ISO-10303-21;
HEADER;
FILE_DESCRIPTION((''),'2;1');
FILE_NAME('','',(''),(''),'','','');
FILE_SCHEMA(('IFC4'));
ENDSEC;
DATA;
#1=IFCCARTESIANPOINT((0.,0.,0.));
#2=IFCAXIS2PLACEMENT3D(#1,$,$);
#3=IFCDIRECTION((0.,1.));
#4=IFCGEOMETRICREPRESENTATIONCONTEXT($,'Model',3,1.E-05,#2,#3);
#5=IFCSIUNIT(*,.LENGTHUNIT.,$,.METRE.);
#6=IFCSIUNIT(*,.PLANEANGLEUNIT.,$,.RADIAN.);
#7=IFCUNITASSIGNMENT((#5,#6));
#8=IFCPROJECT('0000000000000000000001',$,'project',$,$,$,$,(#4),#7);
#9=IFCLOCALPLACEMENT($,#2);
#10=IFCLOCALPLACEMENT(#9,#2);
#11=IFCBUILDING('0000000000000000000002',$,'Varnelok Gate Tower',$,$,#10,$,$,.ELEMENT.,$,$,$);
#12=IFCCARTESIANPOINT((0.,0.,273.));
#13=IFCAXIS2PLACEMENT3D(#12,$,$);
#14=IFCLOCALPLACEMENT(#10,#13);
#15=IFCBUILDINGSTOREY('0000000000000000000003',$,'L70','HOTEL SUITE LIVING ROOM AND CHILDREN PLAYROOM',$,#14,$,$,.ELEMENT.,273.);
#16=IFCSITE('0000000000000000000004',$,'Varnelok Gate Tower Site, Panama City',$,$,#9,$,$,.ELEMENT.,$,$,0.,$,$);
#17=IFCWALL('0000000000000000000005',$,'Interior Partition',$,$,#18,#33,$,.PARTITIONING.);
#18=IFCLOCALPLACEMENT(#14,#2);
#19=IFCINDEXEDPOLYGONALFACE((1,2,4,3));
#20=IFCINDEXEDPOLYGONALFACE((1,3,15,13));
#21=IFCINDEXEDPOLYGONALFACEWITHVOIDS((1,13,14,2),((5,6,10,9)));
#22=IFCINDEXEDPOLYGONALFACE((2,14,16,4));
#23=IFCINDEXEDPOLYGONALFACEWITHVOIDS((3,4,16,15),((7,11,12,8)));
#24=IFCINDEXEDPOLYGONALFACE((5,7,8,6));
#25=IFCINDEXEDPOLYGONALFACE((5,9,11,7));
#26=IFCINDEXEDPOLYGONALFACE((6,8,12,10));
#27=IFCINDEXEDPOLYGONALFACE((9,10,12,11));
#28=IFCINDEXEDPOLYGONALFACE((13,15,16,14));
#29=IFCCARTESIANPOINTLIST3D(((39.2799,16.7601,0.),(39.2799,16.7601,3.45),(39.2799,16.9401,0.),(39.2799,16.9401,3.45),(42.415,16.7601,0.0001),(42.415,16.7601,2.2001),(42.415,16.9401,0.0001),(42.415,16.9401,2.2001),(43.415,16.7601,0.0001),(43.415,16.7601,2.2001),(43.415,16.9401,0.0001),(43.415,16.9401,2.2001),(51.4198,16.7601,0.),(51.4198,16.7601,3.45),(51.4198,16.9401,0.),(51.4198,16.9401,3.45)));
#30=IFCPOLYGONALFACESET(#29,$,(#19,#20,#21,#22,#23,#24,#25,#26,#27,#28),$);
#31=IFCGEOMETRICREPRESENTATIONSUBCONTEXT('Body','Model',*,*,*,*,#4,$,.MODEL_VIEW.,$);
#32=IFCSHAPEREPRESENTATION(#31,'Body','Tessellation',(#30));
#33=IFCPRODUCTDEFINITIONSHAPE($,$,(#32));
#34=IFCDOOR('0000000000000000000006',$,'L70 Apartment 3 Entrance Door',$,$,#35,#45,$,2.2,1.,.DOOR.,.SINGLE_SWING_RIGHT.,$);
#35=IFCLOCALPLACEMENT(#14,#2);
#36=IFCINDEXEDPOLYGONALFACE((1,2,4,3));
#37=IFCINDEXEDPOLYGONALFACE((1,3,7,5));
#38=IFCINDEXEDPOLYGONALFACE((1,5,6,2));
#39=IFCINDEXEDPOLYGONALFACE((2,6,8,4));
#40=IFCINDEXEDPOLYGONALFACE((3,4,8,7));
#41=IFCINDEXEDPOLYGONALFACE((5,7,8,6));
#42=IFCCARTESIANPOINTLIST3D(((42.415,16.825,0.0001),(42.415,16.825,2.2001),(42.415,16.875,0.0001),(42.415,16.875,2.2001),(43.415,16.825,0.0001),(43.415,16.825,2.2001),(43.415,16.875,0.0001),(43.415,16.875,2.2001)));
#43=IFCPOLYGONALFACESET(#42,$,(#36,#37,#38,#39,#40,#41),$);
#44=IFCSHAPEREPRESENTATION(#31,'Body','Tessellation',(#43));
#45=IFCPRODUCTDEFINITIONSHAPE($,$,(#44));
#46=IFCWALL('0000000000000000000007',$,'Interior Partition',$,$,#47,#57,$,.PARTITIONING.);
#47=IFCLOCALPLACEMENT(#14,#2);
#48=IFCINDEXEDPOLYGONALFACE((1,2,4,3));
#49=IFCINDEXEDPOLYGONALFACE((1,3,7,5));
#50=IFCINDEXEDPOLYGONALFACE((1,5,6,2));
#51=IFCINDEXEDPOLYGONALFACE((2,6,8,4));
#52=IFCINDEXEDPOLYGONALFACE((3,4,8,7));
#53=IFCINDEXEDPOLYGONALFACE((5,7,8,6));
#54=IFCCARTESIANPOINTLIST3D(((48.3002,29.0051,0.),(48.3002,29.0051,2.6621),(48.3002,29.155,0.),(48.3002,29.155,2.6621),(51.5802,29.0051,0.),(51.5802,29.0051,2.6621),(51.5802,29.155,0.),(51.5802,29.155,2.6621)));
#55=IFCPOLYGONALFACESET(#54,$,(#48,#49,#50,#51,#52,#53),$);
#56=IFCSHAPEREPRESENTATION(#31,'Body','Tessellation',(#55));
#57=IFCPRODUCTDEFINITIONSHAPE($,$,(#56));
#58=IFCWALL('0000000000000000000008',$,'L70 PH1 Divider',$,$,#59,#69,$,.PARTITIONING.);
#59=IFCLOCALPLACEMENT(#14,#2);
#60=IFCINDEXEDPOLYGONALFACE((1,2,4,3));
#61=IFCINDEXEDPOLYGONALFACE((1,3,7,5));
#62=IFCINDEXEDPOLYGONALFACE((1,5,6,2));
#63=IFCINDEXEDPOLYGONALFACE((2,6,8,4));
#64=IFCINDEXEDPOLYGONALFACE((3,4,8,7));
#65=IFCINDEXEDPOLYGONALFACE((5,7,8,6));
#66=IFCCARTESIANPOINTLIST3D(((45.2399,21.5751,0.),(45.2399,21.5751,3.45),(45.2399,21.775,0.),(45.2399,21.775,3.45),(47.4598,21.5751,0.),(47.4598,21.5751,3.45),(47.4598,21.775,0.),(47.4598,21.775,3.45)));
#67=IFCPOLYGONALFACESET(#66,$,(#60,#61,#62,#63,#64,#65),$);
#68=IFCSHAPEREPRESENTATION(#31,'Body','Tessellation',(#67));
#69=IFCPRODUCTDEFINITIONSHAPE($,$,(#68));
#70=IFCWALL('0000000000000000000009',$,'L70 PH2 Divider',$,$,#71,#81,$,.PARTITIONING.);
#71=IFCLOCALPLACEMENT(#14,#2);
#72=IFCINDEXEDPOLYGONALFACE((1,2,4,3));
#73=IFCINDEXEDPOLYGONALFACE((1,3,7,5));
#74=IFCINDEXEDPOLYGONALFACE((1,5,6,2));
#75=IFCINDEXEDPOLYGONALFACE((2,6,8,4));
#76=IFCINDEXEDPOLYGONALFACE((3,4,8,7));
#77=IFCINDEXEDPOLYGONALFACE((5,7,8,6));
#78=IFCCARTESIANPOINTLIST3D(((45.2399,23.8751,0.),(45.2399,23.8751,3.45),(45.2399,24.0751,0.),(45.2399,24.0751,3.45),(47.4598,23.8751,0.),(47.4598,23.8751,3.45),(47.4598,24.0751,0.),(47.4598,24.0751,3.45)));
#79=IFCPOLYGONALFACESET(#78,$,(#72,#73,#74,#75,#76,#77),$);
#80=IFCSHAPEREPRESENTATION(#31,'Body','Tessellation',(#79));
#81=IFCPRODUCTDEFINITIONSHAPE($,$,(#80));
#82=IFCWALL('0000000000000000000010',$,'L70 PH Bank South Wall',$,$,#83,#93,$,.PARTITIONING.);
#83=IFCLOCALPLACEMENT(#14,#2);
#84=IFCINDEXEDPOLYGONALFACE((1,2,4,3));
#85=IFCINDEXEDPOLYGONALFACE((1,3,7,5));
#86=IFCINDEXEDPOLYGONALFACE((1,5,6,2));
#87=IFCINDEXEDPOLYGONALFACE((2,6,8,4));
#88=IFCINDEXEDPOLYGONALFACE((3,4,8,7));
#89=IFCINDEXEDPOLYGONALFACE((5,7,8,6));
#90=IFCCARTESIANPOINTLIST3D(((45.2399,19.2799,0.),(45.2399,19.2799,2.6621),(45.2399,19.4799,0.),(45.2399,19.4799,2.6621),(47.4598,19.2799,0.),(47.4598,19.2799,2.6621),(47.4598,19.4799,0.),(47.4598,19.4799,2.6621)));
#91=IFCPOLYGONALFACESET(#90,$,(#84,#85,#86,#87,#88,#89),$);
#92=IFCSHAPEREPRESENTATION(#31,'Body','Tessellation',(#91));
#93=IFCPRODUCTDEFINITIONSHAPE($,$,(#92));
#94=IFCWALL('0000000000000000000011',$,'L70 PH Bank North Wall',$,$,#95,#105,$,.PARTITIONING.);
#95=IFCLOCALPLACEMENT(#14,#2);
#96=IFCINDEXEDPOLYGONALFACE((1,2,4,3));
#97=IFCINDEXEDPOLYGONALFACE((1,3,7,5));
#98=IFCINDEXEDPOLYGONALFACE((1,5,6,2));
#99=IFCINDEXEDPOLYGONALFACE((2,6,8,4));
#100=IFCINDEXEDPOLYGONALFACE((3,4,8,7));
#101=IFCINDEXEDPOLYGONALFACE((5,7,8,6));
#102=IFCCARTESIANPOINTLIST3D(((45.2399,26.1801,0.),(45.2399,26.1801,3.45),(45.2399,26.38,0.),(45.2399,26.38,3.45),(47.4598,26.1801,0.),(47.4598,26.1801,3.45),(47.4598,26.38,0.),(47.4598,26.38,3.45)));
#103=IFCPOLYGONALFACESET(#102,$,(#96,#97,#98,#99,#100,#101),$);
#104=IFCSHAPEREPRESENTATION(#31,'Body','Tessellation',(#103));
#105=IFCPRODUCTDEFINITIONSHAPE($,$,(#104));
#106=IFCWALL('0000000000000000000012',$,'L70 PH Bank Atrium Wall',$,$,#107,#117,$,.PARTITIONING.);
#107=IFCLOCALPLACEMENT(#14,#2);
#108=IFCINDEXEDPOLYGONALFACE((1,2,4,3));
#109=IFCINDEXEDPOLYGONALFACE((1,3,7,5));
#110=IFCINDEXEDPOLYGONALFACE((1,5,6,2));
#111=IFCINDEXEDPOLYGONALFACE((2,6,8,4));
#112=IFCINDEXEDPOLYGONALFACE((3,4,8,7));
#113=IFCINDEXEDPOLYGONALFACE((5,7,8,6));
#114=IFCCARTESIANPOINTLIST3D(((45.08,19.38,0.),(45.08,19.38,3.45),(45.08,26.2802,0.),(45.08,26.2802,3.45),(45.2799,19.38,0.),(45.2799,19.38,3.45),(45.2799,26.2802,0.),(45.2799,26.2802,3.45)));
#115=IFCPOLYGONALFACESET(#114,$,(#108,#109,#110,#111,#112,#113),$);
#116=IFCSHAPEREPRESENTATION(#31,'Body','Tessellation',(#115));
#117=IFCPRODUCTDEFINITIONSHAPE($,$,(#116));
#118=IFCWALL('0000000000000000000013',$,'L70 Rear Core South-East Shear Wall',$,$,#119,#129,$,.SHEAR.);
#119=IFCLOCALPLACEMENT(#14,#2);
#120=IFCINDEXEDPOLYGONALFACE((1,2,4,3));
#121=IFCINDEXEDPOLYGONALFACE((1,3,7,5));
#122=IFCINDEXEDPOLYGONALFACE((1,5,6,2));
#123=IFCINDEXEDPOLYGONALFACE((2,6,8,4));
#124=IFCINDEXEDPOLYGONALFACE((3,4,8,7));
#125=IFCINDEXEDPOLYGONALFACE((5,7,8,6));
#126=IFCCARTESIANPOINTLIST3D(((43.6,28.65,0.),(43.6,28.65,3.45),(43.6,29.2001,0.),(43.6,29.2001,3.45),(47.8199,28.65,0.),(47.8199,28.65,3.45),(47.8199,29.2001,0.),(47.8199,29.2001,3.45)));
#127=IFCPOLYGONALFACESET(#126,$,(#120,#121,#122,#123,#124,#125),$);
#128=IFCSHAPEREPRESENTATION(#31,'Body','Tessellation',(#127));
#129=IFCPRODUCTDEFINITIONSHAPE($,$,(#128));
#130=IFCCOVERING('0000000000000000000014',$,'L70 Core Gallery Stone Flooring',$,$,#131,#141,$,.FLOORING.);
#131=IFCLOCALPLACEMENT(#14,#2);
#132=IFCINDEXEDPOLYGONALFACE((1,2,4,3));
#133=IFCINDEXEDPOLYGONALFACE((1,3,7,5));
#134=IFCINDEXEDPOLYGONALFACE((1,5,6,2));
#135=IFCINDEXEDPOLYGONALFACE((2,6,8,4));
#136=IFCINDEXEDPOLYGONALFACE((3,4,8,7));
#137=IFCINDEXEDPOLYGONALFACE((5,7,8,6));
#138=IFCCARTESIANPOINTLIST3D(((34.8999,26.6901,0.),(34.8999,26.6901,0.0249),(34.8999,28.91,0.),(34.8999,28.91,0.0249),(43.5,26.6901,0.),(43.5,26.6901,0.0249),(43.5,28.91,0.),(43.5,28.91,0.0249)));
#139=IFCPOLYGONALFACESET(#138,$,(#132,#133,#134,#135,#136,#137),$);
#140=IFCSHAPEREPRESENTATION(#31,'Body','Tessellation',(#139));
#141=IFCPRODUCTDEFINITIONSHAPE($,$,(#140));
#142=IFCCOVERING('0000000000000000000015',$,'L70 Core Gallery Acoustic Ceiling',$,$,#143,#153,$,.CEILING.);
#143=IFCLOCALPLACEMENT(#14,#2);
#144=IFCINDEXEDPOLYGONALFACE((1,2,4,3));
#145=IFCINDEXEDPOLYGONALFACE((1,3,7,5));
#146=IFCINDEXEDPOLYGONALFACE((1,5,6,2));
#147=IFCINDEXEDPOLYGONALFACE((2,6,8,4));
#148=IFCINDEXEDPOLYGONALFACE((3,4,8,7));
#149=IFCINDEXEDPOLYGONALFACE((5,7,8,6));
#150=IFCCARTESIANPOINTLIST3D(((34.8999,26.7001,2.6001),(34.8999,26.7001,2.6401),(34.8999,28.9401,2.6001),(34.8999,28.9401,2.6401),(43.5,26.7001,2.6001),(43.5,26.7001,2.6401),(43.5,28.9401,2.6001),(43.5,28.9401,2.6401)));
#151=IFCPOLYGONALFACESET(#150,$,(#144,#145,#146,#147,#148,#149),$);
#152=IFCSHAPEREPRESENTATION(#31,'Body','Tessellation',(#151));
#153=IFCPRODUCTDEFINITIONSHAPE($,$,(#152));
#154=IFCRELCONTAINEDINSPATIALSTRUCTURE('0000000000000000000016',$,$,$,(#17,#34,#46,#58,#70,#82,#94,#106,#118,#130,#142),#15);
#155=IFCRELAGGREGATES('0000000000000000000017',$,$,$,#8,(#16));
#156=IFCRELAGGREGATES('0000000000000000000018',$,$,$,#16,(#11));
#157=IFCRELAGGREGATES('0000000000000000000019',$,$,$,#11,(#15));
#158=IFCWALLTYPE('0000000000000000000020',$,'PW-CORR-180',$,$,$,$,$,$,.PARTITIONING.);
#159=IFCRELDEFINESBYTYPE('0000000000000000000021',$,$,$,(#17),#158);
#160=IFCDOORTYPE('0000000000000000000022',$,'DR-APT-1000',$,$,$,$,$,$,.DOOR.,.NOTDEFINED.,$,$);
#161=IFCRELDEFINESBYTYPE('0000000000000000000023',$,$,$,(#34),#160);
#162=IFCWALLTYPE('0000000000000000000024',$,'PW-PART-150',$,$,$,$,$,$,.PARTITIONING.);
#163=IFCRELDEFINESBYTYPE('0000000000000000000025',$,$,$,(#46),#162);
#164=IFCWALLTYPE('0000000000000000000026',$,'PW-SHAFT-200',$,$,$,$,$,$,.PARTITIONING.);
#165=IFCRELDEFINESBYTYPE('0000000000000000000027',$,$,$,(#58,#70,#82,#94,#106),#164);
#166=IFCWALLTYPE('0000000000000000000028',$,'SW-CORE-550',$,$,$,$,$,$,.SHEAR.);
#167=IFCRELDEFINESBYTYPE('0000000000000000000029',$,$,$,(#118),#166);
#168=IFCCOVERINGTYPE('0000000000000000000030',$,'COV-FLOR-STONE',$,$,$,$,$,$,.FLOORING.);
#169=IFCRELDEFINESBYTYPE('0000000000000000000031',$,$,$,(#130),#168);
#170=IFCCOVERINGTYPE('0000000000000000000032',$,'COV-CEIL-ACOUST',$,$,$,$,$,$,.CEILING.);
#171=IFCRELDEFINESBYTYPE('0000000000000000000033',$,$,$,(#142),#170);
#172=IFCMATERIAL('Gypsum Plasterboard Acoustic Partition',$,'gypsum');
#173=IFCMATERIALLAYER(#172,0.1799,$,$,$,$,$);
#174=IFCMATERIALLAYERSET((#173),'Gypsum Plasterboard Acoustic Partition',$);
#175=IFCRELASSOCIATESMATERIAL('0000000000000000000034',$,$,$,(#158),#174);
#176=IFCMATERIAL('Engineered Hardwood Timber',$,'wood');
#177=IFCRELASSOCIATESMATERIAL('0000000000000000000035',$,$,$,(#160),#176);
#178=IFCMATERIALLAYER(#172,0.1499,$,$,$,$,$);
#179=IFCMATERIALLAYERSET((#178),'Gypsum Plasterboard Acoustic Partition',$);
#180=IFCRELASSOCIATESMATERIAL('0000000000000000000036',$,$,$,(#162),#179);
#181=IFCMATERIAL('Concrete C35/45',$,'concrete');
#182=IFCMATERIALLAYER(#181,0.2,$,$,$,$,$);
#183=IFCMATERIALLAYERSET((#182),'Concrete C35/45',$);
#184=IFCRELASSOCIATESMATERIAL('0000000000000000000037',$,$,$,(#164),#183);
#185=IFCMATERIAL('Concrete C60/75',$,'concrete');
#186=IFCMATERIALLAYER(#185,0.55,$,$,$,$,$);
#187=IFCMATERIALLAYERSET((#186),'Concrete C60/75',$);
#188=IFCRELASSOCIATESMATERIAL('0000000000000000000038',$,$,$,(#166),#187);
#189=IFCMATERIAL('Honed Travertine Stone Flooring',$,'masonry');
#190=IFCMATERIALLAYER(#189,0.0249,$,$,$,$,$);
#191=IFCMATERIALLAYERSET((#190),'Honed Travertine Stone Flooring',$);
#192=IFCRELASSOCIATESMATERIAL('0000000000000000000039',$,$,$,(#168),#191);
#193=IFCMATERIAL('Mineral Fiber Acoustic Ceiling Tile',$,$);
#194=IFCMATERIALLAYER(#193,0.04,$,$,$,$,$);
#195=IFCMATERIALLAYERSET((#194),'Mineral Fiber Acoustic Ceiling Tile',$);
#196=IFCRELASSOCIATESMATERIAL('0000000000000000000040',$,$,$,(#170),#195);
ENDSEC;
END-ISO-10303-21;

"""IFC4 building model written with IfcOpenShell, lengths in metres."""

from ifc_helpers import new_model, si_unit, direction, frame, frame_2d, origin, origin_2d, place, context, subcontext, project, spatial, rectangle, extrude, source, transform, mapped, material, layer, layer_set, type_object, element, fill, save


model = new_model("IFC4")

# Units and contexts
model_context = context("Model", 3, precision=1e-05, world=origin(), true_north=direction((0.0, 1.0)))
body_context = subcontext(model_context, "Body", "Model", "MODEL_VIEW")
ifc_project = project(units=[si_unit("LENGTHUNIT", "METRE"), si_unit("PLANEANGLEUNIT", "RADIAN")], contexts=[model_context])

# Site, building, storey
site_placement = place(None, origin())
site = spatial("IfcSite", under=ifc_project, at=site_placement, Name="Varnelok Gate Tower Site, Panama City", CompositionType="ELEMENT", RefElevation=0.0)
building_placement = place(site_placement, origin())
building = spatial("IfcBuilding", under=site, at=building_placement, Name="Varnelok Gate Tower", CompositionType="ELEMENT")
storey_placement = place(building_placement, frame((0.0, 0.0, 273.0)))
storey = spatial("IfcBuildingStorey", under=building, at=storey_placement, Name="L70", Description="HOTEL SUITE LIVING ROOM AND CHILDREN PLAYROOM", CompositionType="ELEMENT", Elevation=273.0)

# Wall, opening, door
ifc_material_1 = material(Name="Gypsum Plasterboard Acoustic Partition", Category="gypsum")
ifc_layer_1 = layer(ifc_material_1, 0.1799)
ifc_layer_set_1 = layer_set([ifc_layer_1], Name="Gypsum Plasterboard Acoustic Partition")
wall_type_1 = type_object("IfcWallType", Name="PW-CORR-180", PredefinedType="PARTITIONING", material=ifc_layer_set_1)
wall_1_placement = place(storey_placement, frame((39.28, 16.8501, 0.0), z_axis=(0.0, 0.0, 1.0), x_axis=(1.0, 0.0, 0.0)))
wall_1 = element("IfcWall", 1, at=wall_1_placement, inside=storey, type_object=wall_type_1, Name="Interior Partition", PredefinedType="PARTITIONING", context=body_context, shape_type="SweptSolid", body=[
    extrude(rectangle(XDim=12.1399, YDim=0.1799, at=frame_2d((6.0698, 0.0))), origin(), (0.0, 0.0, 1.0), 3.45),
])
opening_1_placement = place(wall_1_placement, frame((3.135, 0.0, 0.0)))
opening_1 = element("IfcOpeningElement", 2, at=opening_1_placement, cuts=wall_1, PredefinedType="OPENING", context=body_context, shape_type="SweptSolid", body=[
    extrude(rectangle(XDim=1.0, YDim=2.2, at=frame_2d((0.5, 1.1001))), frame((0.0, 0.0999, 0.0), z_axis=(0.0, -1.0, 0.0), x_axis=(1.0, 0.0, 0.0)), (0.0, 0.0, 1.0), 0.2),
])
ifc_material_2 = material(Name="Engineered Hardwood Timber", Category="wood")
door_type_1 = type_object("IfcDoorType", Name="DR-APT-1000", OperationType="NOTDEFINED", PredefinedType="DOOR", material=ifc_material_2)
door_1_placement = place(opening_1_placement, origin())
door_1 = element("IfcDoor", 3, at=door_1_placement, inside=storey, type_object=door_type_1, Name="L70 Apartment 3 Entrance Door", OperationType="SINGLE_SWING_RIGHT", OverallHeight=2.2, OverallWidth=1.0, PredefinedType="DOOR", context=body_context, shape_type="SweptSolid", body=[
    extrude(rectangle(XDim=1.0, YDim=2.2, at=frame_2d((0.5, 1.1001))), frame((0.0, 0.0249, 0.0), z_axis=(0.0, -1.0, 0.0), x_axis=(1.0, 0.0, 0.0)), (0.0, 0.0, 1.0), 0.05),
])
fill(opening_1, door_1)

# Walls
ifc_layer_2 = layer(ifc_material_1, 0.1499)
ifc_layer_set_2 = layer_set([ifc_layer_2], Name="Gypsum Plasterboard Acoustic Partition")
wall_type_2 = type_object("IfcWallType", Name="PW-PART-150", PredefinedType="PARTITIONING", material=ifc_layer_set_2)
wall_2_placement = place(storey_placement, frame((48.3, 29.0801, 0.0), z_axis=(0.0, 0.0, 1.0), x_axis=(1.0, 0.0, 0.0)))
element("IfcWall", 4, at=wall_2_placement, inside=storey, type_object=wall_type_2, Name="Interior Partition", PredefinedType="PARTITIONING", context=body_context, shape_type="SweptSolid", body=[
    extrude(rectangle(XDim=3.28, YDim=0.1499, at=frame_2d((1.6401, 0.0))), origin(), (0.0, 0.0, 1.0), 2.6621),
])
ifc_material_3 = material(Name="Concrete C35/45", Category="concrete")
ifc_layer_3 = layer(ifc_material_3, 0.2)
ifc_layer_set_3 = layer_set([ifc_layer_3], Name="Concrete C35/45")
wall_type_3 = type_object("IfcWallType", Name="PW-SHAFT-200", PredefinedType="PARTITIONING", material=ifc_layer_set_3)
for number, where, z_axis, x_axis, name in (
    (5, (45.24, 21.675, 0.0), (0.0, 0.0, 1.0), (1.0, 0.0, 0.0), "L70 PH1 Divider"),
    (6, (45.24, 23.9751, 0.0), (0.0, 0.0, 1.0), (1.0, 0.0, 0.0), "L70 PH2 Divider"),
):
    element("IfcWall", number, at=place(storey_placement, frame(where, z_axis=z_axis, x_axis=x_axis)), inside=storey, type_object=wall_type_3, Name=name, PredefinedType="PARTITIONING", context=body_context, shape_type="SweptSolid", body=[
        extrude(rectangle(XDim=2.22, YDim=0.2, at=frame_2d((1.1099, 0.0))), origin(), (0.0, 0.0, 1.0), 3.45),
    ])
wall_3_placement = place(storey_placement, frame((45.24, 19.3799, 0.0), z_axis=(0.0, 0.0, 1.0), x_axis=(1.0, 0.0, 0.0)))
element("IfcWall", 7, at=wall_3_placement, inside=storey, type_object=wall_type_3, Name="L70 PH Bank South Wall", PredefinedType="PARTITIONING", context=body_context, shape_type="SweptSolid", body=[
    extrude(rectangle(XDim=2.22, YDim=0.2, at=frame_2d((1.1099, 0.0))), origin(), (0.0, 0.0, 1.0), 2.6621),
])
wall_4_placement = place(storey_placement, frame((45.24, 26.28, 0.0), z_axis=(0.0, 0.0, 1.0), x_axis=(1.0, 0.0, 0.0)))
element("IfcWall", 8, at=wall_4_placement, inside=storey, type_object=wall_type_3, Name="L70 PH Bank North Wall", PredefinedType="PARTITIONING", context=body_context, shape_type="SweptSolid", body=[
    extrude(rectangle(XDim=2.22, YDim=0.2, at=frame_2d((1.1099, 0.0))), origin(), (0.0, 0.0, 1.0), 3.45),
])
wall_5_placement = place(storey_placement, frame((45.1799, 19.3799, 0.0), z_axis=(0.0, 0.0, 1.0), x_axis=(0.0, 1.0, 0.0)))
element("IfcWall", 9, at=wall_5_placement, inside=storey, type_object=wall_type_3, Name="L70 PH Bank Atrium Wall", PredefinedType="PARTITIONING", context=body_context, shape_type="SweptSolid", body=[
    extrude(rectangle(XDim=6.9001, YDim=0.2, at=frame_2d((3.4502, 0.0))), origin(), (0.0, 0.0, 1.0), 3.45),
])

# Wall
ifc_material_4 = material(Name="Concrete C60/75", Category="concrete")
ifc_layer_4 = layer(ifc_material_4, 0.55)
ifc_layer_set_4 = layer_set([ifc_layer_4], Name="Concrete C60/75")
wall_type_4 = type_object("IfcWallType", Name="SW-CORE-550", PredefinedType="SHEAR", material=ifc_layer_set_4)
wall_6_placement = place(storey_placement, frame((43.6001, 28.925, 0.0), z_axis=(0.0, 0.0, 1.0), x_axis=(1.0, 0.0, 0.0)))
element("IfcWall", 10, at=wall_6_placement, inside=storey, type_object=wall_type_4, Name="L70 Rear Core South-East Shear Wall", PredefinedType="SHEAR", context=body_context, shape_type="SweptSolid", body=[
    extrude(rectangle(XDim=4.22, YDim=0.55, at=frame_2d((2.1099, 0.0))), origin(), (0.0, 0.0, 1.0), 3.45),
])

# Coverings
ifc_material_5 = material(Name="Honed Travertine Stone Flooring", Category="masonry")
ifc_layer_5 = layer(ifc_material_5, 0.0249)
ifc_layer_set_5 = layer_set([ifc_layer_5], Name="Honed Travertine Stone Flooring")
covering_type_1 = type_object("IfcCoveringType", Name="COV-FLOR-STONE", PredefinedType="FLOORING", material=ifc_layer_set_5)
shared_shape_1 = source(origin(), body_context, "Body", "SweptSolid", [
    extrude(rectangle(XDim=8.6001, YDim=2.22, at=origin_2d()), origin(), (0.0, 0.0, 1.0), 0.0249),
])
covering_1_placement = place(storey_placement, frame((39.2, 27.8, 0.0), z_axis=(0.0, 0.0, 1.0), x_axis=(1.0, 0.0, 0.0)))
element("IfcCovering", 11, at=covering_1_placement, inside=storey, type_object=covering_type_1, Name="L70 Core Gallery Stone Flooring", PredefinedType="FLOORING", context=body_context, shape_type="MappedRepresentation", body=[
    mapped(shared_shape_1, transform((0.0, 0.0, 0.0), scale=1.0)),
])
ifc_material_6 = material(Name="Mineral Fiber Acoustic Ceiling Tile")
ifc_layer_6 = layer(ifc_material_6, 0.04)
ifc_layer_set_6 = layer_set([ifc_layer_6], Name="Mineral Fiber Acoustic Ceiling Tile")
covering_type_2 = type_object("IfcCoveringType", Name="COV-CEIL-ACOUST", PredefinedType="CEILING", material=ifc_layer_set_6)
shared_shape_2 = source(origin(), body_context, "Body", "SweptSolid", [
    extrude(rectangle(XDim=8.6001, YDim=2.24, at=origin_2d()), origin(), (0.0, 0.0, 1.0), 0.04),
])
covering_2_placement = place(storey_placement, frame((39.2, 27.8201, 2.6001), z_axis=(0.0, 0.0, 1.0), x_axis=(1.0, 0.0, 0.0)))
element("IfcCovering", 12, at=covering_2_placement, inside=storey, type_object=covering_type_2, Name="L70 Core Gallery Acoustic Ceiling", PredefinedType="CEILING", context=body_context, shape_type="MappedRepresentation", body=[
    mapped(shared_shape_2, transform((0.0, 0.0, 0.0), scale=1.0)),
])

save(model, "model.ifc")
